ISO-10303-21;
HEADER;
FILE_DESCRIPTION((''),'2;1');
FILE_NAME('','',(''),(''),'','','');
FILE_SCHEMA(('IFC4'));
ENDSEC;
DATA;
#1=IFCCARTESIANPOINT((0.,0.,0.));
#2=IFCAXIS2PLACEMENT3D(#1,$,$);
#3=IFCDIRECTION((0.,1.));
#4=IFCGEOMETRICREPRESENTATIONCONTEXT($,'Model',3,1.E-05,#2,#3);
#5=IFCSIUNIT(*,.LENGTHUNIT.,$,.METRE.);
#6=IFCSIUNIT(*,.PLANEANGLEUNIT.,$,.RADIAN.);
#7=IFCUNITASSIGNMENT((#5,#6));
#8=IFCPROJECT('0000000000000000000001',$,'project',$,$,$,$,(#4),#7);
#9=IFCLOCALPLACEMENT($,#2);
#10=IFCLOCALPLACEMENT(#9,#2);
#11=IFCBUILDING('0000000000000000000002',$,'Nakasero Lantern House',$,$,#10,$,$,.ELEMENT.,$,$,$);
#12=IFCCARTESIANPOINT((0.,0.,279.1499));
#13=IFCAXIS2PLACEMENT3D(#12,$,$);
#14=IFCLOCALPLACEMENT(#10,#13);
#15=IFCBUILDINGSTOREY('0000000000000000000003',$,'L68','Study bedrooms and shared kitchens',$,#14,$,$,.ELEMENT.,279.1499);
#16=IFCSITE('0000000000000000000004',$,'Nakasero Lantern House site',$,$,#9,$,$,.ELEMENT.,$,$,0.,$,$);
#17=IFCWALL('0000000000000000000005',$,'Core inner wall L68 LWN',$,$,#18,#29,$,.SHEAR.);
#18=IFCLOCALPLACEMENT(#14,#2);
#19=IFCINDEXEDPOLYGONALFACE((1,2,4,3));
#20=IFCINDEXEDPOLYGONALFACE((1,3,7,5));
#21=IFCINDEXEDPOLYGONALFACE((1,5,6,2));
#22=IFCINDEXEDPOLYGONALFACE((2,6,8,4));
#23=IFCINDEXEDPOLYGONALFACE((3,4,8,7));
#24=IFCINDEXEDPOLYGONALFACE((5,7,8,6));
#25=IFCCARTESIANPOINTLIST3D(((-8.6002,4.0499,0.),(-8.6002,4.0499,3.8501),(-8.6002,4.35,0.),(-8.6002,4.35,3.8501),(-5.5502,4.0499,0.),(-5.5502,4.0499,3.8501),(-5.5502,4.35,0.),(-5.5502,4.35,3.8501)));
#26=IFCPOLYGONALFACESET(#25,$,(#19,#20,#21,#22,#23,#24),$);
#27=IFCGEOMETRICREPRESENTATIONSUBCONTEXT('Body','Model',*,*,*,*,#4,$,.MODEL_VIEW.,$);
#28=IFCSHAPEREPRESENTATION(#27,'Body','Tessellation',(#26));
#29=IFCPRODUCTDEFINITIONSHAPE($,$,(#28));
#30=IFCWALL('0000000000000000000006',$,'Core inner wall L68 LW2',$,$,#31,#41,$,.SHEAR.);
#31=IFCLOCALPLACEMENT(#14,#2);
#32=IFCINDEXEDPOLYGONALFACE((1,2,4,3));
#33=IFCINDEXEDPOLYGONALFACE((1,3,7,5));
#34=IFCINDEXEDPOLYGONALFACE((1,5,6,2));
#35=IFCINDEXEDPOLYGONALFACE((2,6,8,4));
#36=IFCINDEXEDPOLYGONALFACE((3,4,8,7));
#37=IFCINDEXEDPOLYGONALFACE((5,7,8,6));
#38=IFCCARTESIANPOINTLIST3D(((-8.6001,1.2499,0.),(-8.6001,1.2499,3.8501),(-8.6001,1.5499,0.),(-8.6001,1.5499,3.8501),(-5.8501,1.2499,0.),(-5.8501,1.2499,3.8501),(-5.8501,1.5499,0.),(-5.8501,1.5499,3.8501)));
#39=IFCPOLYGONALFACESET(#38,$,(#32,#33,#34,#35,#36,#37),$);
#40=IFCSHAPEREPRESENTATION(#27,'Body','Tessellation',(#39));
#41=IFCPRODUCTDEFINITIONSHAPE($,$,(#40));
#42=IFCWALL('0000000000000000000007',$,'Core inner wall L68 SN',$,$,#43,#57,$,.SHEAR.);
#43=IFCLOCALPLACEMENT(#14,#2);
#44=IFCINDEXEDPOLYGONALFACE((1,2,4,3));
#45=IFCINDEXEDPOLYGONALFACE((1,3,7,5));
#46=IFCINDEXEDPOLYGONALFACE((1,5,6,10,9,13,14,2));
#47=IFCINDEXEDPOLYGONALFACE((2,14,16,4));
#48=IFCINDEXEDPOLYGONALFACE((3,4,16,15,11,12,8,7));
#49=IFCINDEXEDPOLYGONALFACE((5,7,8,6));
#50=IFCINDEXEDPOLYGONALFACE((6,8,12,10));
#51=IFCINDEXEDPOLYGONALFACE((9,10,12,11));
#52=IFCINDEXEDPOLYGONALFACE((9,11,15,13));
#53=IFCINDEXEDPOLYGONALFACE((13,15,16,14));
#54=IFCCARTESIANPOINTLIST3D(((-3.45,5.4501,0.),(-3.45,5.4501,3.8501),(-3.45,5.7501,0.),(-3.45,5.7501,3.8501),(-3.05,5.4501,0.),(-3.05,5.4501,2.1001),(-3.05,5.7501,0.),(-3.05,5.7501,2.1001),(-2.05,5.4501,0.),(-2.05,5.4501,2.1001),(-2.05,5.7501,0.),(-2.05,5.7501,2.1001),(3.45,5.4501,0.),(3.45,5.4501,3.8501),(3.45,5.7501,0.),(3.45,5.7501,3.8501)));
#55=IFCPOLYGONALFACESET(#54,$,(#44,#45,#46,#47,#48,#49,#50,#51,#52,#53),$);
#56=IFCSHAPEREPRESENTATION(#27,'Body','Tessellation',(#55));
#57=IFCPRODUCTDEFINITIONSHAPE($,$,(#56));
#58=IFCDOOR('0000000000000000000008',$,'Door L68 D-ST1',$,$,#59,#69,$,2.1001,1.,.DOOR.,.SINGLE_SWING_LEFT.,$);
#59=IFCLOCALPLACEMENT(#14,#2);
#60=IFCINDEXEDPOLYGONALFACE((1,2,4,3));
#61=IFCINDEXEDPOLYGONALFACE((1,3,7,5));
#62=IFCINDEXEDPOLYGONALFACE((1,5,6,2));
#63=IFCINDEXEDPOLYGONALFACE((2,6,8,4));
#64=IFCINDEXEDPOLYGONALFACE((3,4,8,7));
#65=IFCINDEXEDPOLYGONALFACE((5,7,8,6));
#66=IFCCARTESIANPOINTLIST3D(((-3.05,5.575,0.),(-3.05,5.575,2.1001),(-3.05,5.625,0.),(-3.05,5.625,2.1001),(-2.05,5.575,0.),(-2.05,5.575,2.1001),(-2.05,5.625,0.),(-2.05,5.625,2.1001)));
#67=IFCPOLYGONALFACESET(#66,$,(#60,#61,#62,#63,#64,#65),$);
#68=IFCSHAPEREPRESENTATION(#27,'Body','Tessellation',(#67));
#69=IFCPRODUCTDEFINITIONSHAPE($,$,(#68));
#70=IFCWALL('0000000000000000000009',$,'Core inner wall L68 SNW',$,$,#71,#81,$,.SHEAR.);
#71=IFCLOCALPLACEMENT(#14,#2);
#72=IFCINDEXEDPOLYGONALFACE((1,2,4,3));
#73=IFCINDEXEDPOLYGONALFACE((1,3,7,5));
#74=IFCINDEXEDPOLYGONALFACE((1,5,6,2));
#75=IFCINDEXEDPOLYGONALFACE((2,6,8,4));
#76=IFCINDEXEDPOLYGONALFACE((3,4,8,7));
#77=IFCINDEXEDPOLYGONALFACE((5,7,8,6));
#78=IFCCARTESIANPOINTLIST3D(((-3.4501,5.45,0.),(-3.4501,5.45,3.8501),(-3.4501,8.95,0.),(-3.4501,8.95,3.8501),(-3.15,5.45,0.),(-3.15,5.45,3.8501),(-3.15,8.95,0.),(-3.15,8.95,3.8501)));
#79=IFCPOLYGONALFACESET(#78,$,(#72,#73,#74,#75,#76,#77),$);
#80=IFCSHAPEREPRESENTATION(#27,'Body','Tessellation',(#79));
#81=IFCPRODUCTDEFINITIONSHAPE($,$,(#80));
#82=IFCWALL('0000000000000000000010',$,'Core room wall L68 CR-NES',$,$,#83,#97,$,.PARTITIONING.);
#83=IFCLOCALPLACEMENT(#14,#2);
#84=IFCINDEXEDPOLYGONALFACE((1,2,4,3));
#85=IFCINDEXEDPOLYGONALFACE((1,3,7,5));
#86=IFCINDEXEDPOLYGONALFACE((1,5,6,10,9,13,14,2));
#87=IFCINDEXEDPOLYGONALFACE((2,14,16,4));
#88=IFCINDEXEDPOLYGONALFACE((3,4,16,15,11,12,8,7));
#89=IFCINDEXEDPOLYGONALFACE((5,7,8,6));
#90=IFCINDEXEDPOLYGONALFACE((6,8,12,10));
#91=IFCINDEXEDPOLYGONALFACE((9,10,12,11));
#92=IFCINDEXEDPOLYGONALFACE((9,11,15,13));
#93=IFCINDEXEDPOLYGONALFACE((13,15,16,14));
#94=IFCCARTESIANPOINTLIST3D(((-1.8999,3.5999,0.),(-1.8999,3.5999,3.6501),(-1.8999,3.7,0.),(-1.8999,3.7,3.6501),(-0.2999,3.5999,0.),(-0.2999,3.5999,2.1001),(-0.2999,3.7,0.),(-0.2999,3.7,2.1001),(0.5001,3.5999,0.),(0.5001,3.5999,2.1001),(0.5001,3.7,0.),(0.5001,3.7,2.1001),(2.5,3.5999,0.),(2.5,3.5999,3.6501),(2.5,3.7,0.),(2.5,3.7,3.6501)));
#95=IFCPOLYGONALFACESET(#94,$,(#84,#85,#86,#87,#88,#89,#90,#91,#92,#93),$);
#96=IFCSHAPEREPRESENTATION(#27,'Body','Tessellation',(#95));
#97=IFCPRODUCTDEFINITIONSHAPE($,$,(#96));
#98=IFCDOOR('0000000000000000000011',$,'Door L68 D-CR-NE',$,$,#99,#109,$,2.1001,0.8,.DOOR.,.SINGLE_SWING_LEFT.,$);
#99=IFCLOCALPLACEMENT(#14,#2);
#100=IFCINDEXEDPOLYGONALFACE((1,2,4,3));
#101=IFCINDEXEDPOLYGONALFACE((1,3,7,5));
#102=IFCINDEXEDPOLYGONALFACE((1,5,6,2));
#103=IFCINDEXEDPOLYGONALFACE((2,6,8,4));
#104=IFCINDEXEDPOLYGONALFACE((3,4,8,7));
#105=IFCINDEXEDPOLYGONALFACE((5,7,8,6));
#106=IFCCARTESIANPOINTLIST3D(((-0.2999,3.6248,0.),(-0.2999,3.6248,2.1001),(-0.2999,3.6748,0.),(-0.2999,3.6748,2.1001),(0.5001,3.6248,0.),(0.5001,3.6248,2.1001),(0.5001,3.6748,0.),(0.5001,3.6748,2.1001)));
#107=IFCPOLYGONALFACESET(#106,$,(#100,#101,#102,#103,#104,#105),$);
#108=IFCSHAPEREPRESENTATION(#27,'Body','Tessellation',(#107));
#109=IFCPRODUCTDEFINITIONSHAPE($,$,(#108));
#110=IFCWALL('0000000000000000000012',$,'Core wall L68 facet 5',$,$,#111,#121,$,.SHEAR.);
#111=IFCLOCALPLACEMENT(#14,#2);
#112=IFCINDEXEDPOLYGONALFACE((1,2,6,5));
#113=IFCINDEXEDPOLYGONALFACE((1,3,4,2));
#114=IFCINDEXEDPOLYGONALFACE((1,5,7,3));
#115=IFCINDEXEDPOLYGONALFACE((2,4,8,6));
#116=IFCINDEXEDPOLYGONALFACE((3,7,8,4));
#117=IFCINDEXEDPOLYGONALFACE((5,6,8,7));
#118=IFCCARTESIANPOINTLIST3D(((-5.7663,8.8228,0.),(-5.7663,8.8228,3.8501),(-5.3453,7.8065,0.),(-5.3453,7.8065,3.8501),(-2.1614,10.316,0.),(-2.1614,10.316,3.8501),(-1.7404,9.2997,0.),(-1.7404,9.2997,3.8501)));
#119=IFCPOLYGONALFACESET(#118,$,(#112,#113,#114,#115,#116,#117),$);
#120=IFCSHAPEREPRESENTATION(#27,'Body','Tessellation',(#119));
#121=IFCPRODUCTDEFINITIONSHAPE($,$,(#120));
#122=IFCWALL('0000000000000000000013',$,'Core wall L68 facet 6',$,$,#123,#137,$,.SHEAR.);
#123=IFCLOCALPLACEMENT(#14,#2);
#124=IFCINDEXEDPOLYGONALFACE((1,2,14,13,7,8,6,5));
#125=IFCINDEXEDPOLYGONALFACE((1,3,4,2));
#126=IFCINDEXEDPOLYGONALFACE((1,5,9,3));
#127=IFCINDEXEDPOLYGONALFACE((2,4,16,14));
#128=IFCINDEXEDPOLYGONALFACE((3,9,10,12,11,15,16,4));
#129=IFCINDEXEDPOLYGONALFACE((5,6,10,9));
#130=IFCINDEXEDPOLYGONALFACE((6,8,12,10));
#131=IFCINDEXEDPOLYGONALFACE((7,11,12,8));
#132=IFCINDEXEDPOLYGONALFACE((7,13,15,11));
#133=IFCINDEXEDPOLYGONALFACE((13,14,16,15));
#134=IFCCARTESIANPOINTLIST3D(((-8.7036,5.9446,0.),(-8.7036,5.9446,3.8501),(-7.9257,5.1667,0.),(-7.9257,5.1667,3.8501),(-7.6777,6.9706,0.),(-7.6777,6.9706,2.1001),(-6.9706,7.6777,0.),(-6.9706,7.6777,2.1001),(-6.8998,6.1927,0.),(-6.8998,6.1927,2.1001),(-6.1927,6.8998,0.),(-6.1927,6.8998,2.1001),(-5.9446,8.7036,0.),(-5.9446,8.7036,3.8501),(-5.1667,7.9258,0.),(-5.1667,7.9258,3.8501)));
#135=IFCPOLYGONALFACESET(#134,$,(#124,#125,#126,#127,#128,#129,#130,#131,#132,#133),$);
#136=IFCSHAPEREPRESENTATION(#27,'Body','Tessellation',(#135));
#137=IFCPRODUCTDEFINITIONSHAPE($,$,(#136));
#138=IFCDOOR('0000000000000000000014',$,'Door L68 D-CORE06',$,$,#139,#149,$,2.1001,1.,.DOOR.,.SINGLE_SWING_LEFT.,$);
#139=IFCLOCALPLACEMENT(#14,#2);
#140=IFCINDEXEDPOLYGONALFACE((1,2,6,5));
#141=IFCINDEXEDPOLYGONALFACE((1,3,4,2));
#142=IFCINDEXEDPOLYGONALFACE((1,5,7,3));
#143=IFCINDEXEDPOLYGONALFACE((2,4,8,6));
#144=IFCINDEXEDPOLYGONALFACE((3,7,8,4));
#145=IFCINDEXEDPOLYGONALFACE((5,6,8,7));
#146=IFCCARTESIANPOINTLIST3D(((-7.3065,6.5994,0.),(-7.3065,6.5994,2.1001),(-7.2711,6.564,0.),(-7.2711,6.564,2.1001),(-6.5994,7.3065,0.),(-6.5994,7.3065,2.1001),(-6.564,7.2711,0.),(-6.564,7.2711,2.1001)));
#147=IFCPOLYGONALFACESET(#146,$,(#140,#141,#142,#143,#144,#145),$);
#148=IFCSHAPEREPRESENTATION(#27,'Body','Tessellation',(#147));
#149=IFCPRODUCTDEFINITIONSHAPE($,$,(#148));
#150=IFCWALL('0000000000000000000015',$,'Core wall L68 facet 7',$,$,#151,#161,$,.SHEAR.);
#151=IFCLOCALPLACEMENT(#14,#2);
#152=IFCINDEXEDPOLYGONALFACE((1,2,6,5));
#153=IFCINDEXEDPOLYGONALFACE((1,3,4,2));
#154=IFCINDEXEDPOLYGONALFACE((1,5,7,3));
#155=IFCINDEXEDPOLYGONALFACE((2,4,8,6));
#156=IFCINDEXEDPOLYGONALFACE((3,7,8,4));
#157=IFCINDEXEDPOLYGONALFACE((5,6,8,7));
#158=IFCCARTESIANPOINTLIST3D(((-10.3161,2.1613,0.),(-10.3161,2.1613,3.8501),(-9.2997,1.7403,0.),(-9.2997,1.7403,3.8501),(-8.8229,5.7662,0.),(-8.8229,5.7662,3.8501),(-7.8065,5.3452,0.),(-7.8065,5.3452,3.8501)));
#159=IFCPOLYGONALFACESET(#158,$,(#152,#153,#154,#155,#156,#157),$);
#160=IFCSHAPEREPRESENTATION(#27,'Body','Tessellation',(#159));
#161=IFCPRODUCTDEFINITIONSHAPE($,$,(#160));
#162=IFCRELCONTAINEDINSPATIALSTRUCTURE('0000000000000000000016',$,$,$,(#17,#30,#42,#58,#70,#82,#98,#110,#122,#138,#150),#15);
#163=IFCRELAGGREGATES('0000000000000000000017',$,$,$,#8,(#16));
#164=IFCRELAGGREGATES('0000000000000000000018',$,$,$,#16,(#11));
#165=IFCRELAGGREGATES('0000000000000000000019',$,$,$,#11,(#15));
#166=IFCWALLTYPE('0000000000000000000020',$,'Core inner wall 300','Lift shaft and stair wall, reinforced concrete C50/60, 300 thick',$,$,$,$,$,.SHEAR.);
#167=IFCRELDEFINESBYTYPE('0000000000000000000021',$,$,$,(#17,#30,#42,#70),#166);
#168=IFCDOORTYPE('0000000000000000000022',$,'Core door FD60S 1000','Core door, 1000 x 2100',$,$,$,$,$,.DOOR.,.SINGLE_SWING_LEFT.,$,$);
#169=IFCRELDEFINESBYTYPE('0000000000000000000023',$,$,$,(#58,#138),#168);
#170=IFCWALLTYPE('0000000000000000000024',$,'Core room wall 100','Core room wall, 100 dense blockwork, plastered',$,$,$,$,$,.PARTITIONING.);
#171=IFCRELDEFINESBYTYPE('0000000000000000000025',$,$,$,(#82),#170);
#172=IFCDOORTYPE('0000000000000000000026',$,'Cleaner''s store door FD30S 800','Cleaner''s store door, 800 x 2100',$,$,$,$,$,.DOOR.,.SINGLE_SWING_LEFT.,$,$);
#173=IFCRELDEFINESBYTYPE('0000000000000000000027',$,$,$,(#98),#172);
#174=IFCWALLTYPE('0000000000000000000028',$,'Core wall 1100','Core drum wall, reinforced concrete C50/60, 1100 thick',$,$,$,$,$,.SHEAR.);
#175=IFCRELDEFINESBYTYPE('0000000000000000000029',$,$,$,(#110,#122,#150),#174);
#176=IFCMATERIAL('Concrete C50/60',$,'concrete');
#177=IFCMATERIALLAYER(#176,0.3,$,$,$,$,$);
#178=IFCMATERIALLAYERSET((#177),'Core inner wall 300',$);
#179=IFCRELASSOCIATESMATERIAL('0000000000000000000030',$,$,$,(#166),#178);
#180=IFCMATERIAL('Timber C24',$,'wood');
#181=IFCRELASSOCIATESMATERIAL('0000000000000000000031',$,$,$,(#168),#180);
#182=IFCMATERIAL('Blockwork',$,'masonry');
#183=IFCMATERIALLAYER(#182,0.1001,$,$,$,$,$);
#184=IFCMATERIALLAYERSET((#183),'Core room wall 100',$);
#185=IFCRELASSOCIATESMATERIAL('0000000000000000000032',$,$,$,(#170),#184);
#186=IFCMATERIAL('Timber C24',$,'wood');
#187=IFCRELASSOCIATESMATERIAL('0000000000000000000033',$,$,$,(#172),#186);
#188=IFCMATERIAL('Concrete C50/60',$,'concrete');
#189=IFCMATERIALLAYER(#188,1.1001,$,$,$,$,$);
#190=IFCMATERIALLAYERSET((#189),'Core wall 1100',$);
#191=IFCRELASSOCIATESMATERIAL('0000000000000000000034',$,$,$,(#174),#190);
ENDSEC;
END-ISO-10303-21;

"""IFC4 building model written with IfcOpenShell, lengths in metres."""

from ifc_helpers import new_model, si_unit, direction, frame, frame_2d, origin, place, context, subcontext, project, spatial, rectangle, extrude, material, layer, layer_set, type_object, element, fill, save


model = new_model("IFC4")

# Units and contexts
model_context = context("Model", 3, precision=1e-05, world=origin(), true_north=direction((0.0, 1.0)))
body_context = subcontext(model_context, "Body", "Model", "MODEL_VIEW")
ifc_project = project(units=[si_unit("LENGTHUNIT", "METRE"), si_unit("PLANEANGLEUNIT", "RADIAN")], contexts=[model_context])

# Site, building, storey
site_placement = place(None, origin())
site = spatial("IfcSite", under=ifc_project, at=site_placement, Name="Nakasero Lantern House site", CompositionType="ELEMENT", RefElevation=0.0)
building_placement = place(site_placement, origin())
building = spatial("IfcBuilding", under=site, at=building_placement, Name="Nakasero Lantern House", CompositionType="ELEMENT")
storey_placement = place(building_placement, frame((0.0, 0.0, 279.1499)))
storey = spatial("IfcBuildingStorey", under=building, at=storey_placement, Name="L68", Description="Study bedrooms and shared kitchens", CompositionType="ELEMENT", Elevation=279.1499)

# Walls
ifc_material_1 = material(Name="Concrete C50/60", Category="concrete")
ifc_layer_1 = layer(ifc_material_1, 0.3)
ifc_layer_set_1 = layer_set([ifc_layer_1], Name="Core inner wall 300")
wall_type_1 = type_object("IfcWallType", Name="Core inner wall 300", Description="Lift shaft and stair wall, reinforced concrete C50/60, 300 thick", PredefinedType="SHEAR", material=ifc_layer_set_1)
wall_1_placement = place(storey_placement, frame((-8.6001, 4.2, 0.0), z_axis=(0.0, 0.0, 1.0), x_axis=(1.0, 0.0, 0.0)))
element("IfcWall", 1, at=wall_1_placement, inside=storey, type_object=wall_type_1, Name="Core inner wall L68 LWN", PredefinedType="SHEAR", context=body_context, shape_type="SweptSolid", body=[
    extrude(rectangle(XDim=3.05, YDim=0.3, at=frame_2d((1.5249, 0.0))), origin(), (0.0, 0.0, 1.0), 3.8501),
])
wall_2_placement = place(storey_placement, frame((-8.6001, 1.3999, 0.0), z_axis=(0.0, 0.0, 1.0), x_axis=(1.0, 0.0, 0.0)))
element("IfcWall", 2, at=wall_2_placement, inside=storey, type_object=wall_type_1, Name="Core inner wall L68 LW2", PredefinedType="SHEAR", context=body_context, shape_type="SweptSolid", body=[
    extrude(rectangle(XDim=2.75, YDim=0.3, at=frame_2d((1.375, 0.0))), origin(), (0.0, 0.0, 1.0), 3.8501),
])

# Wall, opening, door
wall_3_placement = place(storey_placement, frame((-3.45, 5.6001, 0.0), z_axis=(0.0, 0.0, 1.0), x_axis=(1.0, 0.0, 0.0)))
wall_3 = element("IfcWall", 3, at=wall_3_placement, inside=storey, type_object=wall_type_1, Name="Core inner wall L68 SN", PredefinedType="SHEAR", context=body_context, shape_type="SweptSolid", body=[
    extrude(rectangle(XDim=6.8999, YDim=0.3, at=frame_2d((3.45, 0.0))), origin(), (0.0, 0.0, 1.0), 3.8501),
])
opening_1_placement = place(wall_3_placement, frame((0.3999, 0.0, 0.0)))
opening_1 = element("IfcOpeningElement", 4, at=opening_1_placement, cuts=wall_3, PredefinedType="OPENING", context=body_context, shape_type="SweptSolid", body=[
    extrude(rectangle(XDim=1.0, YDim=2.1001, at=frame_2d((0.5, 1.05))), frame((0.0, 0.1699, 0.0), z_axis=(0.0, -1.0, 0.0), x_axis=(1.0, 0.0, 0.0)), (0.0, 0.0, 1.0), 0.3401),
])
ifc_material_2 = material(Name="Timber C24", Category="wood")
door_type_1 = type_object("IfcDoorType", Name="Core door FD60S 1000", Description="Core door, 1000 x 2100", OperationType="SINGLE_SWING_LEFT", PredefinedType="DOOR", material=ifc_material_2)
door_1_placement = place(opening_1_placement, origin())
door_1 = element("IfcDoor", 5, at=door_1_placement, inside=storey, type_object=door_type_1, Name="Door L68 D-ST1", OperationType="SINGLE_SWING_LEFT", OverallHeight=2.1001, OverallWidth=1.0, PredefinedType="DOOR", context=body_context, shape_type="SweptSolid", body=[
    extrude(rectangle(XDim=1.0, YDim=2.1001, at=frame_2d((0.5, 1.05))), frame((0.0, 0.0249, 0.0), z_axis=(0.0, -1.0, 0.0), x_axis=(1.0, 0.0, 0.0)), (0.0, 0.0, 1.0), 0.05),
])
fill(opening_1, door_1)

# Wall
wall_4_placement = place(storey_placement, frame((-3.3, 5.45, 0.0), z_axis=(0.0, 0.0, 1.0), x_axis=(0.0, 1.0, 0.0)))
element("IfcWall", 6, at=wall_4_placement, inside=storey, type_object=wall_type_1, Name="Core inner wall L68 SNW", PredefinedType="SHEAR", context=body_context, shape_type="SweptSolid", body=[
    extrude(rectangle(XDim=3.5, YDim=0.3, at=frame_2d((1.75, 0.0))), origin(), (0.0, 0.0, 1.0), 3.8501),
])

# Wall, opening, door
ifc_material_3 = material(Name="Blockwork", Category="masonry")
ifc_layer_2 = layer(ifc_material_3, 0.1001)
ifc_layer_set_2 = layer_set([ifc_layer_2], Name="Core room wall 100")
wall_type_2 = type_object("IfcWallType", Name="Core room wall 100", Description="Core room wall, 100 dense blockwork, plastered", PredefinedType="PARTITIONING", material=ifc_layer_set_2)
wall_5_placement = place(storey_placement, frame((-1.8999, 3.6499, 0.0), z_axis=(0.0, 0.0, 1.0), x_axis=(1.0, 0.0, 0.0)))
wall_5 = element("IfcWall", 7, at=wall_5_placement, inside=storey, type_object=wall_type_2, Name="Core room wall L68 CR-NES", PredefinedType="PARTITIONING", context=body_context, shape_type="SweptSolid", body=[
    extrude(rectangle(XDim=4.3999, YDim=0.1001, at=frame_2d((2.2, 0.0))), origin(), (0.0, 0.0, 1.0), 3.6501),
])
opening_2_placement = place(wall_5_placement, frame((1.6001, 0.0, 0.0)))
opening_2 = element("IfcOpeningElement", 8, at=opening_2_placement, cuts=wall_5, PredefinedType="OPENING", context=body_context, shape_type="SweptSolid", body=[
    extrude(rectangle(XDim=0.8, YDim=2.1001, at=frame_2d((0.3999, 1.05))), frame((0.0, 0.0701, 0.0), z_axis=(0.0, -1.0, 0.0), x_axis=(1.0, 0.0, 0.0)), (0.0, 0.0, 1.0), 0.1401),
])
ifc_material_4 = material(Name="Timber C24", Category="wood")
door_type_2 = type_object("IfcDoorType", Name="Cleaner's store door FD30S 800", Description="Cleaner's store door, 800 x 2100", OperationType="SINGLE_SWING_LEFT", PredefinedType="DOOR", material=ifc_material_4)
door_2_placement = place(opening_2_placement, origin())
door_2 = element("IfcDoor", 9, at=door_2_placement, inside=storey, type_object=door_type_2, Name="Door L68 D-CR-NE", OperationType="SINGLE_SWING_LEFT", OverallHeight=2.1001, OverallWidth=0.8, PredefinedType="DOOR", context=body_context, shape_type="SweptSolid", body=[
    extrude(rectangle(XDim=0.8, YDim=2.1001, at=frame_2d((0.3999, 1.05))), frame((0.0, 0.0249, 0.0), z_axis=(0.0, -1.0, 0.0), x_axis=(1.0, 0.0, 0.0)), (0.0, 0.0, 1.0), 0.05),
])
fill(opening_2, door_2)

# Wall
ifc_material_5 = material(Name="Concrete C50/60", Category="concrete")
ifc_layer_3 = layer(ifc_material_5, 1.1001)
ifc_layer_set_3 = layer_set([ifc_layer_3], Name="Core wall 1100")
wall_type_3 = type_object("IfcWallType", Name="Core wall 1100", Description="Core drum wall, reinforced concrete C50/60, 1100 thick", PredefinedType="SHEAR", material=ifc_layer_set_3)
wall_6_placement = place(storey_placement, frame((-1.9509, 9.8079, 0.0), z_axis=(0.0, 0.0, 1.0), x_axis=(-0.923877, -0.382691, 0.0)))
element("IfcWall", 10, at=wall_6_placement, inside=storey, type_object=wall_type_3, Name="Core wall L68 facet 5", PredefinedType="SHEAR", context=body_context, shape_type="SweptSolid", body=[
    extrude(rectangle(XDim=3.9019, YDim=1.1001, at=frame_2d((1.9509, 0.0))), origin(), (0.0, 0.0, 1.0), 3.8501),
])

# Wall, opening, door
wall_7_placement = place(storey_placement, frame((-5.5557, 8.3147, 0.0), z_axis=(0.0, 0.0, 1.0), x_axis=(-0.707107, -0.707107, 0.0)))
wall_7 = element("IfcWall", 11, at=wall_7_placement, inside=storey, type_object=wall_type_3, Name="Core wall L68 facet 6", PredefinedType="SHEAR", context=body_context, shape_type="SweptSolid", body=[
    extrude(rectangle(XDim=3.9019, YDim=1.1001, at=frame_2d((1.9509, 0.0))), origin(), (0.0, 0.0, 1.0), 3.8501),
])
opening_3_placement = place(wall_7_placement, frame((1.4509, 0.0, 0.0)))
opening_3 = element("IfcOpeningElement", 12, at=opening_3_placement, cuts=wall_7, PredefinedType="OPENING", context=body_context, shape_type="SweptSolid", body=[
    extrude(rectangle(XDim=1.0, YDim=2.1001, at=frame_2d((0.5, 1.05))), frame((0.0, 0.5701, 0.0), z_axis=(0.0, -1.0, 0.0), x_axis=(1.0, 0.0, 0.0)), (0.0, 0.0, 1.0), 1.1401),
])
door_3_placement = place(opening_3_placement, origin())
door_3 = element("IfcDoor", 13, at=door_3_placement, inside=storey, type_object=door_type_1, Name="Door L68 D-CORE06", OperationType="SINGLE_SWING_LEFT", OverallHeight=2.1001, OverallWidth=1.0, PredefinedType="DOOR", context=body_context, shape_type="SweptSolid", body=[
    extrude(rectangle(XDim=1.0, YDim=2.1001, at=frame_2d((0.5, 1.05))), frame((0.0, 0.0249, 0.0), z_axis=(0.0, -1.0, 0.0), x_axis=(1.0, 0.0, 0.0)), (0.0, 0.0, 1.0), 0.05),
])
fill(opening_3, door_3)

# Wall
wall_8_placement = place(storey_placement, frame((-8.3147, 5.5557, 0.0), z_axis=(0.0, 0.0, 1.0), x_axis=(-0.382691, -0.923877, 0.0)))
element("IfcWall", 14, at=wall_8_placement, inside=storey, type_object=wall_type_3, Name="Core wall L68 facet 7", PredefinedType="SHEAR", context=body_context, shape_type="SweptSolid", body=[
    extrude(rectangle(XDim=3.9019, YDim=1.1001, at=frame_2d((1.9509, 0.0))), origin(), (0.0, 0.0, 1.0), 3.8501),
])

save(model, "model.ifc")
